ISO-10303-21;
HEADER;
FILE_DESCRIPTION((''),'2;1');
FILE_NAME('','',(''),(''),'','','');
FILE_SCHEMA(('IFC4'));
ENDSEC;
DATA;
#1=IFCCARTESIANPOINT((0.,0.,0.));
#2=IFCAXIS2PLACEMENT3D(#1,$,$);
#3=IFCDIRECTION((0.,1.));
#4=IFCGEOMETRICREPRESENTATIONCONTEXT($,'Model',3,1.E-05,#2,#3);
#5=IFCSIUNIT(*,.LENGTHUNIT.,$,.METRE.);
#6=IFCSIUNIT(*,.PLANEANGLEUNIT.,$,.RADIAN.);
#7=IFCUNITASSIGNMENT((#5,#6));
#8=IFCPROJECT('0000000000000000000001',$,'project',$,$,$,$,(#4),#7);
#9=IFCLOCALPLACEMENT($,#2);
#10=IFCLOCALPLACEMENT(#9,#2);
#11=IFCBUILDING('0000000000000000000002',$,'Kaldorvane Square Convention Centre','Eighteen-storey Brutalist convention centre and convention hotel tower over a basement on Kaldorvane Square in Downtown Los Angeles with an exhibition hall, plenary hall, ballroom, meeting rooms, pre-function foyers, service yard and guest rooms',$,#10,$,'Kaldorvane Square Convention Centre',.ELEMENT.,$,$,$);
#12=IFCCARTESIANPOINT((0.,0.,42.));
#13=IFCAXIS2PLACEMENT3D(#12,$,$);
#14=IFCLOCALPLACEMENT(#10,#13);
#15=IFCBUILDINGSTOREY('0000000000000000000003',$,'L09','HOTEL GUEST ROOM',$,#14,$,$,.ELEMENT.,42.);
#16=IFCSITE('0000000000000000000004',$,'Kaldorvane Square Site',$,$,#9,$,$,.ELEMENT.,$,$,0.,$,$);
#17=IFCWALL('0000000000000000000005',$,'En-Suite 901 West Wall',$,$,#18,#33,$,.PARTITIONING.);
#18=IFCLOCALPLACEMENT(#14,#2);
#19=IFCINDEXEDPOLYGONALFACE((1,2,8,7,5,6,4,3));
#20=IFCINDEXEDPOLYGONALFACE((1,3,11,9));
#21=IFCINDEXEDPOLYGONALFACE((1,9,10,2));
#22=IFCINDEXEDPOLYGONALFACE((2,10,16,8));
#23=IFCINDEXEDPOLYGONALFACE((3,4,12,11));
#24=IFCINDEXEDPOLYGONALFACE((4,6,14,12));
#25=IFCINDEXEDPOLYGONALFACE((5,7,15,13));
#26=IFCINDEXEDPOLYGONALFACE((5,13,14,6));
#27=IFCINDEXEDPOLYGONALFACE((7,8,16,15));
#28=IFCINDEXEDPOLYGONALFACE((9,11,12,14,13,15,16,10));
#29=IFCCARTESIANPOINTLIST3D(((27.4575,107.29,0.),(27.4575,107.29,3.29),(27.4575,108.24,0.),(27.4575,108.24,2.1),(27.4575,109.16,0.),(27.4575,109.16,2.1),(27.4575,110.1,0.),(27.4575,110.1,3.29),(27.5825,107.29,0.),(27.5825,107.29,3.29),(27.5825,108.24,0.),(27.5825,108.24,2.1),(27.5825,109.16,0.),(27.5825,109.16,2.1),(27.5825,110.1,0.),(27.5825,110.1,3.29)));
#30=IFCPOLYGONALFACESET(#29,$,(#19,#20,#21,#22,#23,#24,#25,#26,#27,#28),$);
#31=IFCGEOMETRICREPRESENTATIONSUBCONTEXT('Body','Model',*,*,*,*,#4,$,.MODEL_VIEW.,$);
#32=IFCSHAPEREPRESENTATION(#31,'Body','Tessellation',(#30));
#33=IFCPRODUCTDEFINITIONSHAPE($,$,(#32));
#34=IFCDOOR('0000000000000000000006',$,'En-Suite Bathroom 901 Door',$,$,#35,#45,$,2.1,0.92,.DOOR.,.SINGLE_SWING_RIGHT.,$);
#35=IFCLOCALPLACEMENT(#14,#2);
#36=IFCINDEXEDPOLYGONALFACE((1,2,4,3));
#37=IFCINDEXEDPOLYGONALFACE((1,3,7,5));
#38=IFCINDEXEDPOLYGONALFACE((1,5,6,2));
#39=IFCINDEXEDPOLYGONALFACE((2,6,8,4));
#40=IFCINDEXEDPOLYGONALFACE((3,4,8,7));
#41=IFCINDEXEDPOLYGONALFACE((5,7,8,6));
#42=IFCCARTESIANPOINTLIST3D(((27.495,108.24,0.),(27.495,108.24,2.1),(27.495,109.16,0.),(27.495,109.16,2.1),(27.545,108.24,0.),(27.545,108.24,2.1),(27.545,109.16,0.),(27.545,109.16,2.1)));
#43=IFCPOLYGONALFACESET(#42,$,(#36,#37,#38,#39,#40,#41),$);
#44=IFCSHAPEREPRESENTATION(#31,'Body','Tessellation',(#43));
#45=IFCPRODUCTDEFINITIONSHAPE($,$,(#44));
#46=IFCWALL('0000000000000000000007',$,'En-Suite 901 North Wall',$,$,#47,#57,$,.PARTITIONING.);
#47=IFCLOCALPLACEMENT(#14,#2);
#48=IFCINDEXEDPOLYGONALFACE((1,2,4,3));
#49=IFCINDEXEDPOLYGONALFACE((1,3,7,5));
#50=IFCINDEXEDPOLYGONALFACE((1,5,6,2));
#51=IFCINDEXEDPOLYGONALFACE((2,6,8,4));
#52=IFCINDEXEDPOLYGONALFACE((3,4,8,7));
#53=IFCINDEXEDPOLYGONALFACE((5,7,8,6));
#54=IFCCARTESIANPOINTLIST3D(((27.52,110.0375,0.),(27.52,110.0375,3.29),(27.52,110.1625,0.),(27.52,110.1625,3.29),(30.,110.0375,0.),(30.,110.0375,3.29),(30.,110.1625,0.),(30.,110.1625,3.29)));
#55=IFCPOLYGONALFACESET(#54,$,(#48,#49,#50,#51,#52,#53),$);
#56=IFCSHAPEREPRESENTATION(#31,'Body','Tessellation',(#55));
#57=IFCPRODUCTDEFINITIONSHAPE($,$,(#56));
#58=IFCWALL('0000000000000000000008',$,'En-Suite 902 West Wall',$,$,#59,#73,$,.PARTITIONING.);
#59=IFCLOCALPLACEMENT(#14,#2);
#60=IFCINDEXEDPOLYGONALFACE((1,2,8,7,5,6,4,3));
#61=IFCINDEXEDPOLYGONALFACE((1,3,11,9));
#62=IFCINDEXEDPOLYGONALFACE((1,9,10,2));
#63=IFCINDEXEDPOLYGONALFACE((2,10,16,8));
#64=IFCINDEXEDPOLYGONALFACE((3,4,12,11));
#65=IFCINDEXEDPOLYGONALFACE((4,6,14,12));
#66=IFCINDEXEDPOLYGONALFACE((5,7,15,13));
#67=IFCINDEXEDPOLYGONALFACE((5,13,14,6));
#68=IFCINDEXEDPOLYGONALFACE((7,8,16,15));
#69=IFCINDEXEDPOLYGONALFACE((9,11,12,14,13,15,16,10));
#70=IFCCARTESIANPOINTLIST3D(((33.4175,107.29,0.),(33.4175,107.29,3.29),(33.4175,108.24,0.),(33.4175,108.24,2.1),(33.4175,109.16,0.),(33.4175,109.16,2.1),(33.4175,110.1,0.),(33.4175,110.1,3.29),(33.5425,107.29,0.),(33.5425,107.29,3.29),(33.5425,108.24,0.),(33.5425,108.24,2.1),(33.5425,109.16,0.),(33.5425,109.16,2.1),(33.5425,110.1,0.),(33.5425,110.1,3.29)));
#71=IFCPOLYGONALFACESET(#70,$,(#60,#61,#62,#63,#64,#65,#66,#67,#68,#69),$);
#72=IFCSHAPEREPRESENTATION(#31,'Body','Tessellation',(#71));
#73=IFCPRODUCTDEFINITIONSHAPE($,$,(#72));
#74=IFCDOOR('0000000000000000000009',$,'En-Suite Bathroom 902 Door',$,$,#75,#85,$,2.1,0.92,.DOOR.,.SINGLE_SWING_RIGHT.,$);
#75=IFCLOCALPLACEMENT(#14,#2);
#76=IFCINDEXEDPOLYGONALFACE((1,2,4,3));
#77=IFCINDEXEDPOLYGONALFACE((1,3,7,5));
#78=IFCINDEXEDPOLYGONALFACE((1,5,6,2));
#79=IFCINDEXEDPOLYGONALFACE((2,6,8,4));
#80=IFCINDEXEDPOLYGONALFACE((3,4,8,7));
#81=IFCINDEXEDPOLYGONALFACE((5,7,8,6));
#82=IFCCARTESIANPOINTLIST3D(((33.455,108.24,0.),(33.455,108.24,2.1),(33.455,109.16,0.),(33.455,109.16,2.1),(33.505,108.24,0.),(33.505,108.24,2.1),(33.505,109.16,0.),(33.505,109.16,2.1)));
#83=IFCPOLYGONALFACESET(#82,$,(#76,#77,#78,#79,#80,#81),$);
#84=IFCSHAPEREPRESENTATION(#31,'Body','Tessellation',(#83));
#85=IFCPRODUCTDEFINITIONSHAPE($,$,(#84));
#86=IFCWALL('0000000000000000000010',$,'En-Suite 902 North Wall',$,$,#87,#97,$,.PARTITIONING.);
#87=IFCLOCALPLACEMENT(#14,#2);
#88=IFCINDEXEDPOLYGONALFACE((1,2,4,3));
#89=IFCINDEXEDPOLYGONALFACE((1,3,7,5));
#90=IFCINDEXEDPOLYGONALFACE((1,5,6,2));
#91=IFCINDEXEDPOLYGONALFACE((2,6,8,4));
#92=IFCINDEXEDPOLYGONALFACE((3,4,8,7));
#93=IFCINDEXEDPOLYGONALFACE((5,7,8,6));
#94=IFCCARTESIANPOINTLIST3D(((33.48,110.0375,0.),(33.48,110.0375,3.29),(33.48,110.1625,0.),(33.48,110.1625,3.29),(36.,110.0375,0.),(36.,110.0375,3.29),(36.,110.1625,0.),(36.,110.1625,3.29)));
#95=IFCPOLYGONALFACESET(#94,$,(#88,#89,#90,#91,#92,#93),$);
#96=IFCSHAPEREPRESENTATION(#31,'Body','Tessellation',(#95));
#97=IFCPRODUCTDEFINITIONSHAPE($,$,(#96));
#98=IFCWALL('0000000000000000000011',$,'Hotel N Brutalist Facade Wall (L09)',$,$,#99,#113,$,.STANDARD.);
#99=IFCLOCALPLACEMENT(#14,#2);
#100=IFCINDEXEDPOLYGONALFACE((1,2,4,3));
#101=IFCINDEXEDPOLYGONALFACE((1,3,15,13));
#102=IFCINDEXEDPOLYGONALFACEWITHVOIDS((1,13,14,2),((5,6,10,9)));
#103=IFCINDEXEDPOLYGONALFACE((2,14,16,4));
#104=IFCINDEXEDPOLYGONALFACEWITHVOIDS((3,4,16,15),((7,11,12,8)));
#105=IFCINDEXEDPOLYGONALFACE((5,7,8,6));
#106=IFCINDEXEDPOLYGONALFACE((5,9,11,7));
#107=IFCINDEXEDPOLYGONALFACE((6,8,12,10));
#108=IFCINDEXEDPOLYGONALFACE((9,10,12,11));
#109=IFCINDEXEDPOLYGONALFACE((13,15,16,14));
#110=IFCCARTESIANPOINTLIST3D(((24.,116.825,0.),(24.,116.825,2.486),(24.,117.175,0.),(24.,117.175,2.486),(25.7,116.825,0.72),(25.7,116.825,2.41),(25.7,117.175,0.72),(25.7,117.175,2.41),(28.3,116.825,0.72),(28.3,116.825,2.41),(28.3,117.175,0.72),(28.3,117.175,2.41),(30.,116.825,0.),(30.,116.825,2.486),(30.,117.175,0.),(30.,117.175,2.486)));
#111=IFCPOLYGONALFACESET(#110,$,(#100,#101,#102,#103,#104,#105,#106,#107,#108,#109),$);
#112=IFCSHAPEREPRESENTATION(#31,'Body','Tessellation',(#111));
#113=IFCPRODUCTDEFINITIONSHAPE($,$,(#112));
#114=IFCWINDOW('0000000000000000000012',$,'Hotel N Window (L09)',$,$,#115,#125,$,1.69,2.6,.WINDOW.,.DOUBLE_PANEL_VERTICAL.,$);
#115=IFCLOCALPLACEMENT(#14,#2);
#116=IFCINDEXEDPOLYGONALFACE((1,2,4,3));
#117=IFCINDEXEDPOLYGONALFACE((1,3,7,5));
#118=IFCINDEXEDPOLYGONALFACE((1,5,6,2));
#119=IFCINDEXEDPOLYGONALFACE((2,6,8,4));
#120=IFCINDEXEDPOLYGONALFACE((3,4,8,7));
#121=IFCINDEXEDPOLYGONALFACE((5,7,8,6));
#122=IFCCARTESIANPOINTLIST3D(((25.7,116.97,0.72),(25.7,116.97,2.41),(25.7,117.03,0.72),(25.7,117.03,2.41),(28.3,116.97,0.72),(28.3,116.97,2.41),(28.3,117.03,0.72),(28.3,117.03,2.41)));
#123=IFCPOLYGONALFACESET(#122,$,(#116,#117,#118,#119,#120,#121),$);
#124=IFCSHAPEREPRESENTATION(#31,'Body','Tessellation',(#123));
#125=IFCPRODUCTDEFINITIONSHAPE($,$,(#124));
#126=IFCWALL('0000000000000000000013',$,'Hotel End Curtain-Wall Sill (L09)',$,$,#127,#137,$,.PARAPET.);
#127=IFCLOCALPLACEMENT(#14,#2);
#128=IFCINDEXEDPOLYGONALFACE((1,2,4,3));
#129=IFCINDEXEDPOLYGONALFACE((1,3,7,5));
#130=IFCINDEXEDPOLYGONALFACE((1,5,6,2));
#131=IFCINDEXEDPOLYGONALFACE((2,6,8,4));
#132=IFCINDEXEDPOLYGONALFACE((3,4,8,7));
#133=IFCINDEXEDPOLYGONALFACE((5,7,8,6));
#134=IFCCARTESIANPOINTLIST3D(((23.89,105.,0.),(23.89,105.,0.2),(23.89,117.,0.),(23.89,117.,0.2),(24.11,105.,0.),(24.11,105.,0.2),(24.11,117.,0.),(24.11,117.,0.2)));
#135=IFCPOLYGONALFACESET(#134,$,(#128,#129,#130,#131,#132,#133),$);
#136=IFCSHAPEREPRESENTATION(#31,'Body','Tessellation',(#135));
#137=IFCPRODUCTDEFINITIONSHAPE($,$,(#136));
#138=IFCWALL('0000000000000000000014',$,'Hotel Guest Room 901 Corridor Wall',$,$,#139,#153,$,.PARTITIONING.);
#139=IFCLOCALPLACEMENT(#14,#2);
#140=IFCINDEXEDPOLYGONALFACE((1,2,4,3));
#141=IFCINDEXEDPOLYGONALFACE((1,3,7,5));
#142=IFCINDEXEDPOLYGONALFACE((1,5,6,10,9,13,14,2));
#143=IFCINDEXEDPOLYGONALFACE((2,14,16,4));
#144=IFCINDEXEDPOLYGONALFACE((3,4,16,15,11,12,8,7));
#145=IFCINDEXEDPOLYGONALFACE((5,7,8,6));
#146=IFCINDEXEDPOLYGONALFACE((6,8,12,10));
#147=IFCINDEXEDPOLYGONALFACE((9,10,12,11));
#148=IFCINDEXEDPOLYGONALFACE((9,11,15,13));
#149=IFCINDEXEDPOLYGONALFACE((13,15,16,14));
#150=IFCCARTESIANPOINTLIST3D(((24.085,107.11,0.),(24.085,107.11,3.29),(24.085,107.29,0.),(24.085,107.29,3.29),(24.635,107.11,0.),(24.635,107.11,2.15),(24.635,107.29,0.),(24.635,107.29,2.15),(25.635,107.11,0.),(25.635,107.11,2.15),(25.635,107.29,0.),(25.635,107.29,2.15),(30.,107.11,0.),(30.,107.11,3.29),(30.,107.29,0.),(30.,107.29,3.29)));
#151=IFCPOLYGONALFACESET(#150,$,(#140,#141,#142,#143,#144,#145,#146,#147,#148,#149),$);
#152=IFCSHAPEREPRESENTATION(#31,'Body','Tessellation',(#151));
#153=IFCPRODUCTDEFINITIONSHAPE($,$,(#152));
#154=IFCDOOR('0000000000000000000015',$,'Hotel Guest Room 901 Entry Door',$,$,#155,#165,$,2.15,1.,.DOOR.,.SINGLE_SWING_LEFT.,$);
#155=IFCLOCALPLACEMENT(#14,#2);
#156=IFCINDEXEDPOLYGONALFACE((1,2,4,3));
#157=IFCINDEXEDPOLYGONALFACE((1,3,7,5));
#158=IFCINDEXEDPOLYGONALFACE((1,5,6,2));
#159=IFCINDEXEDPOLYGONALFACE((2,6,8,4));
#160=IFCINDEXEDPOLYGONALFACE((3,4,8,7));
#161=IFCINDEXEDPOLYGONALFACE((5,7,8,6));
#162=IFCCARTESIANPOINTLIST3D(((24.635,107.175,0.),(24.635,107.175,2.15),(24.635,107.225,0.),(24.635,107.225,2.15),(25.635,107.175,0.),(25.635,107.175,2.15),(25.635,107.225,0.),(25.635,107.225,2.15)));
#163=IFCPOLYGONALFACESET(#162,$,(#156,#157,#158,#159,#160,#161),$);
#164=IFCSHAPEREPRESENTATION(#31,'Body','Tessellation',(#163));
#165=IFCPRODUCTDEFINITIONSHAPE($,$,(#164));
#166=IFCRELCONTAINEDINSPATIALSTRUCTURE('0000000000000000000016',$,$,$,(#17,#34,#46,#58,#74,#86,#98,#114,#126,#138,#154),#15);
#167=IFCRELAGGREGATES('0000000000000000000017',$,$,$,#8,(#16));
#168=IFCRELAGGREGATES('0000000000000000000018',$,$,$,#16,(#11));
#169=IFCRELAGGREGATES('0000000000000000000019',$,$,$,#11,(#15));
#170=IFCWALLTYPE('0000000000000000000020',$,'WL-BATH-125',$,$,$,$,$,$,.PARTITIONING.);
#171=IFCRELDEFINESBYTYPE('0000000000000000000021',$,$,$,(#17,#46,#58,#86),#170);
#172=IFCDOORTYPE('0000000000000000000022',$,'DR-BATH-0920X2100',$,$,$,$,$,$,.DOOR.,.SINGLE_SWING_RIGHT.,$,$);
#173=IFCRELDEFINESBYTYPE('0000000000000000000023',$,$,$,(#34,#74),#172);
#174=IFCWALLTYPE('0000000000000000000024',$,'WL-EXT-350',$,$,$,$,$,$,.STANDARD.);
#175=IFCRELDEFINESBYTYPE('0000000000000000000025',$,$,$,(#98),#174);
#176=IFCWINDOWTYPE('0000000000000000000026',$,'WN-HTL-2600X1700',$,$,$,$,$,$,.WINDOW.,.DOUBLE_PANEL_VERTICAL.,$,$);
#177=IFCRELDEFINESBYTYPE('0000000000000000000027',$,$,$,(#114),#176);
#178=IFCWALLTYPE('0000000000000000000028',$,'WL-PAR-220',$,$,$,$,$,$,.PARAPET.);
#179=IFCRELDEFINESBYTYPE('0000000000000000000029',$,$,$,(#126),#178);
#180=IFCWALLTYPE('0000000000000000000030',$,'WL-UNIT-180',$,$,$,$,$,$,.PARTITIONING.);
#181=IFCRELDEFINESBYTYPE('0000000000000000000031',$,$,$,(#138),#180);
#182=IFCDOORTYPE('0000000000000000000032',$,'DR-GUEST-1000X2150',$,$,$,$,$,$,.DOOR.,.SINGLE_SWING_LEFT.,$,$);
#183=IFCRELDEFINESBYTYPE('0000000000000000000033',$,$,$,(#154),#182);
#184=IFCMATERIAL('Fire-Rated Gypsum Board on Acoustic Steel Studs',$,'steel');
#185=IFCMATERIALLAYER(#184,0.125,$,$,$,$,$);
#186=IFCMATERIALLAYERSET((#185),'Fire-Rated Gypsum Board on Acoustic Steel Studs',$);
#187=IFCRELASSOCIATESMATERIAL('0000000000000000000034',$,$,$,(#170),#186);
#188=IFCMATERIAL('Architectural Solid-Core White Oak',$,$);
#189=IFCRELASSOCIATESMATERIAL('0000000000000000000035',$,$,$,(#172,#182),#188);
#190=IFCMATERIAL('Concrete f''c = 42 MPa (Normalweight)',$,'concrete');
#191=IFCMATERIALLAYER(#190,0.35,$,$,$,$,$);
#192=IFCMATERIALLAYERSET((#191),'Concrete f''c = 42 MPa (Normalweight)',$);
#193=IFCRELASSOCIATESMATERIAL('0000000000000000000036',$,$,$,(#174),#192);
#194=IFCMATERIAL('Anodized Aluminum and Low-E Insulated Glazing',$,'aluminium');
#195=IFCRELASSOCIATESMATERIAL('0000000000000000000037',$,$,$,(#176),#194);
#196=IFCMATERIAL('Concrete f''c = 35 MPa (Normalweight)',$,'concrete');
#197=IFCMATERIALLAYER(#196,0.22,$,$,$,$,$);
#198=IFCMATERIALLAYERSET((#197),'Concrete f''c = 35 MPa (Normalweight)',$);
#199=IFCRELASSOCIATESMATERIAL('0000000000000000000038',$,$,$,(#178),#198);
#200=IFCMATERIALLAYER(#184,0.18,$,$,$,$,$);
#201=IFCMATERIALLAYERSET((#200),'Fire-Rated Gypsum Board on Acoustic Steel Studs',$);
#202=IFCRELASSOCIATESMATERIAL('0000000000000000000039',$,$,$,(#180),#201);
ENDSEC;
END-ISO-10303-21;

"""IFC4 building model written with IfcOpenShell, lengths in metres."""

from ifc_helpers import new_model, si_unit, direction, frame, frame_2d, origin, place, context, subcontext, project, spatial, rectangle, extrude, material, layer, layer_set, type_object, element, fill, save


model = new_model("IFC4")

# Units and contexts
model_context = context("Model", 3, precision=1e-05, world=origin(), true_north=direction((0.0, 1.0)))
body_context = subcontext(model_context, "Body", "Model", "MODEL_VIEW")
ifc_project = project(units=[si_unit("LENGTHUNIT", "METRE"), si_unit("PLANEANGLEUNIT", "RADIAN")], contexts=[model_context])

# Site, building, storey
site_placement = place(None, origin())
site = spatial("IfcSite", under=ifc_project, at=site_placement, Name="Kaldorvane Square Site", CompositionType="ELEMENT", RefElevation=0.0)
building_placement = place(site_placement, origin())
building = spatial("IfcBuilding", under=site, at=building_placement, Name="Kaldorvane Square Convention Centre", Description="Eighteen-storey Brutalist convention centre and convention hotel tower over a basement on Kaldorvane Square in Downtown Los Angeles with an exhibition hall, plenary hall, ballroom, meeting rooms, pre-function foyers, service yard and guest rooms", LongName="Kaldorvane Square Convention Centre", CompositionType="ELEMENT")
storey_placement = place(building_placement, frame((0.0, 0.0, 42.0)))
storey = spatial("IfcBuildingStorey", under=building, at=storey_placement, Name="L09", Description="HOTEL GUEST ROOM", CompositionType="ELEMENT", Elevation=42.0)

# Shared definitions
ifc_material_1 = material(Name="Concrete f'c = 42 MPa (Normalweight)", Category="concrete")

# Shared definitions
ifc_material_2 = material(Name="Anodized Aluminum and Low-E Insulated Glazing", Category="aluminium")

# Wall, opening, door
ifc_material_3 = material(Name="Fire-Rated Gypsum Board on Acoustic Steel Studs", Category="steel")
ifc_layer_1 = layer(ifc_material_3, 0.125)
ifc_layer_set_1 = layer_set([ifc_layer_1], Name="Fire-Rated Gypsum Board on Acoustic Steel Studs")
wall_type_1 = type_object("IfcWallType", Name="WL-BATH-125", PredefinedType="PARTITIONING", material=ifc_layer_set_1)
wall_1_placement = place(storey_placement, frame((27.52, 107.29, 0.0), z_axis=(0.0, 0.0, 1.0), x_axis=(0.0, 1.0, 0.0)))
wall_1 = element("IfcWall", 1, at=wall_1_placement, inside=storey, type_object=wall_type_1, Name="En-Suite 901 West Wall", PredefinedType="PARTITIONING", context=body_context, shape_type="SweptSolid", body=[
    extrude(rectangle(XDim=2.81, YDim=0.125, at=frame_2d((1.405, 0.0))), origin(), (0.0, 0.0, 1.0), 3.29),
])
opening_1_placement = place(wall_1_placement, frame((0.95, 0.0, 0.0)))
opening_1 = element("IfcOpeningElement", 2, at=opening_1_placement, cuts=wall_1, PredefinedType="OPENING", context=body_context, shape_type="SweptSolid", body=[
    extrude(rectangle(XDim=0.92, YDim=2.1, at=frame_2d((0.46, 1.05))), frame((0.0, 0.0775, 0.0), z_axis=(0.0, -1.0, 0.0), x_axis=(1.0, 0.0, 0.0)), (0.0, 0.0, 1.0), 0.155),
])
ifc_material_4 = material(Name="Architectural Solid-Core White Oak")
door_type_1 = type_object("IfcDoorType", Name="DR-BATH-0920X2100", OperationType="SINGLE_SWING_RIGHT", PredefinedType="DOOR", material=ifc_material_4)
door_1_placement = place(opening_1_placement, origin())
door_1 = element("IfcDoor", 3, at=door_1_placement, inside=storey, type_object=door_type_1, Name="En-Suite Bathroom 901 Door", OperationType="SINGLE_SWING_RIGHT", OverallHeight=2.1, OverallWidth=0.92, PredefinedType="DOOR", context=body_context, shape_type="SweptSolid", body=[
    extrude(rectangle(XDim=0.92, YDim=2.1, at=frame_2d((0.46, 1.05))), frame((0.0, 0.025, 0.0), z_axis=(0.0, -1.0, 0.0), x_axis=(1.0, 0.0, 0.0)), (0.0, 0.0, 1.0), 0.05),
])
fill(opening_1, door_1)

# Wall
wall_2_placement = place(storey_placement, frame((27.52, 110.1, 0.0), z_axis=(0.0, 0.0, 1.0), x_axis=(1.0, 0.0, 0.0)))
element("IfcWall", 4, at=wall_2_placement, inside=storey, type_object=wall_type_1, Name="En-Suite 901 North Wall", PredefinedType="PARTITIONING", context=body_context, shape_type="SweptSolid", body=[
    extrude(rectangle(XDim=2.48, YDim=0.125, at=frame_2d((1.24, 0.0))), origin(), (0.0, 0.0, 1.0), 3.29),
])

# Wall, opening, door
wall_3_placement = place(storey_placement, frame((33.48, 107.29, 0.0), z_axis=(0.0, 0.0, 1.0), x_axis=(0.0, 1.0, 0.0)))
wall_3 = element("IfcWall", 5, at=wall_3_placement, inside=storey, type_object=wall_type_1, Name="En-Suite 902 West Wall", PredefinedType="PARTITIONING", context=body_context, shape_type="SweptSolid", body=[
    extrude(rectangle(XDim=2.81, YDim=0.125, at=frame_2d((1.405, 0.0))), origin(), (0.0, 0.0, 1.0), 3.29),
])
opening_2_placement = place(wall_3_placement, frame((0.95, 0.0, 0.0)))
opening_2 = element("IfcOpeningElement", 6, at=opening_2_placement, cuts=wall_3, PredefinedType="OPENING", context=body_context, shape_type="SweptSolid", body=[
    extrude(rectangle(XDim=0.92, YDim=2.1, at=frame_2d((0.46, 1.05))), frame((0.0, 0.0775, 0.0), z_axis=(0.0, -1.0, 0.0), x_axis=(1.0, 0.0, 0.0)), (0.0, 0.0, 1.0), 0.155),
])
door_2_placement = place(opening_2_placement, origin())
door_2 = element("IfcDoor", 7, at=door_2_placement, inside=storey, type_object=door_type_1, Name="En-Suite Bathroom 902 Door", OperationType="SINGLE_SWING_RIGHT", OverallHeight=2.1, OverallWidth=0.92, PredefinedType="DOOR", context=body_context, shape_type="SweptSolid", body=[
    extrude(rectangle(XDim=0.92, YDim=2.1, at=frame_2d((0.46, 1.05))), frame((0.0, 0.025, 0.0), z_axis=(0.0, -1.0, 0.0), x_axis=(1.0, 0.0, 0.0)), (0.0, 0.0, 1.0), 0.05),
])
fill(opening_2, door_2)

# Wall
wall_4_placement = place(storey_placement, frame((33.48, 110.1, 0.0), z_axis=(0.0, 0.0, 1.0), x_axis=(1.0, 0.0, 0.0)))
element("IfcWall", 8, at=wall_4_placement, inside=storey, type_object=wall_type_1, Name="En-Suite 902 North Wall", PredefinedType="PARTITIONING", context=body_context, shape_type="SweptSolid", body=[
    extrude(rectangle(XDim=2.52, YDim=0.125, at=frame_2d((1.26, 0.0))), origin(), (0.0, 0.0, 1.0), 3.29),
])

# Wall, opening, window
ifc_layer_2 = layer(ifc_material_1, 0.35)
ifc_layer_set_2 = layer_set([ifc_layer_2], Name="Concrete f'c = 42 MPa (Normalweight)")
wall_type_2 = type_object("IfcWallType", Name="WL-EXT-350", PredefinedType="STANDARD", material=ifc_layer_set_2)
wall_5_placement = place(storey_placement, frame((30.0, 117.0, 0.0), z_axis=(0.0, 0.0, 1.0), x_axis=(-1.0, 0.0, 0.0)))
wall_5 = element("IfcWall", 9, at=wall_5_placement, inside=storey, type_object=wall_type_2, Name="Hotel N Brutalist Facade Wall (L09)", PredefinedType="STANDARD", context=body_context, shape_type="SweptSolid", body=[
    extrude(rectangle(XDim=6.0, YDim=0.35, at=frame_2d((3.0, 0.0))), origin(), (0.0, 0.0, 1.0), 2.486),
])
opening_3_placement = place(wall_5_placement, frame((1.7, 0.0, 0.72)))
opening_3 = element("IfcOpeningElement", 10, at=opening_3_placement, cuts=wall_5, PredefinedType="OPENING", context=body_context, shape_type="SweptSolid", body=[
    extrude(rectangle(XDim=2.6, YDim=1.69, at=frame_2d((1.3, 0.845))), frame((0.0, 0.19, 0.0), z_axis=(0.0, -1.0, 0.0), x_axis=(1.0, 0.0, 0.0)), (0.0, 0.0, 1.0), 0.38),
])
window_type = type_object("IfcWindowType", Name="WN-HTL-2600X1700", PartitioningType="DOUBLE_PANEL_VERTICAL", PredefinedType="WINDOW", material=ifc_material_2)
window_placement = place(opening_3_placement, origin())
window = element("IfcWindow", 11, at=window_placement, inside=storey, type_object=window_type, Name="Hotel N Window (L09)", OverallHeight=1.69, OverallWidth=2.6, PartitioningType="DOUBLE_PANEL_VERTICAL", PredefinedType="WINDOW", context=body_context, shape_type="SweptSolid", body=[
    extrude(rectangle(XDim=2.6, YDim=1.69, at=frame_2d((1.3, 0.845))), frame((0.0, 0.03, 0.0), z_axis=(0.0, -1.0, 0.0), x_axis=(1.0, 0.0, 0.0)), (0.0, 0.0, 1.0), 0.06),
])
fill(opening_3, window)

# Wall
ifc_material_5 = material(Name="Concrete f'c = 35 MPa (Normalweight)", Category="concrete")
ifc_layer_3 = layer(ifc_material_5, 0.22)
ifc_layer_set_3 = layer_set([ifc_layer_3], Name="Concrete f'c = 35 MPa (Normalweight)")
wall_type_3 = type_object("IfcWallType", Name="WL-PAR-220", PredefinedType="PARAPET", material=ifc_layer_set_3)
wall_6_placement = place(storey_placement, frame((24.0, 117.0, 0.0), z_axis=(0.0, 0.0, 1.0), x_axis=(0.0, -1.0, 0.0)))
element("IfcWall", 12, at=wall_6_placement, inside=storey, type_object=wall_type_3, Name="Hotel End Curtain-Wall Sill (L09)", PredefinedType="PARAPET", context=body_context, shape_type="SweptSolid", body=[
    extrude(rectangle(XDim=12.0, YDim=0.22, at=frame_2d((6.0, 0.0))), origin(), (0.0, 0.0, 1.0), 0.2),
])

# Wall, opening, door
ifc_layer_4 = layer(ifc_material_3, 0.18)
ifc_layer_set_4 = layer_set([ifc_layer_4], Name="Fire-Rated Gypsum Board on Acoustic Steel Studs")
wall_type_4 = type_object("IfcWallType", Name="WL-UNIT-180", PredefinedType="PARTITIONING", material=ifc_layer_set_4)
wall_7_placement = place(storey_placement, frame((24.085, 107.2, 0.0), z_axis=(0.0, 0.0, 1.0), x_axis=(1.0, 0.0, 0.0)))
wall_7 = element("IfcWall", 13, at=wall_7_placement, inside=storey, type_object=wall_type_4, Name="Hotel Guest Room 901 Corridor Wall", PredefinedType="PARTITIONING", context=body_context, shape_type="SweptSolid", body=[
    extrude(rectangle(XDim=5.915, YDim=0.18, at=frame_2d((2.9575, 0.0))), origin(), (0.0, 0.0, 1.0), 3.29),
])
opening_4_placement = place(wall_7_placement, frame((0.55, 0.0, 0.0)))
opening_4 = element("IfcOpeningElement", 14, at=opening_4_placement, cuts=wall_7, PredefinedType="OPENING", context=body_context, shape_type="SweptSolid", body=[
    extrude(rectangle(XDim=1.0, YDim=2.15, at=frame_2d((0.5, 1.075))), frame((0.0, 0.105, 0.0), z_axis=(0.0, -1.0, 0.0), x_axis=(1.0, 0.0, 0.0)), (0.0, 0.0, 1.0), 0.21),
])
door_type_2 = type_object("IfcDoorType", Name="DR-GUEST-1000X2150", OperationType="SINGLE_SWING_LEFT", PredefinedType="DOOR", material=ifc_material_4)
door_3_placement = place(opening_4_placement, origin())
door_3 = element("IfcDoor", 15, at=door_3_placement, inside=storey, type_object=door_type_2, Name="Hotel Guest Room 901 Entry Door", OperationType="SINGLE_SWING_LEFT", OverallHeight=2.15, OverallWidth=1.0, PredefinedType="DOOR", context=body_context, shape_type="SweptSolid", body=[
    extrude(rectangle(XDim=1.0, YDim=2.15, at=frame_2d((0.5, 1.075))), frame((0.0, 0.025, 0.0), z_axis=(0.0, -1.0, 0.0), x_axis=(1.0, 0.0, 0.0)), (0.0, 0.0, 1.0), 0.05),
])
fill(opening_4, door_3)

save(model, "model.ifc")
